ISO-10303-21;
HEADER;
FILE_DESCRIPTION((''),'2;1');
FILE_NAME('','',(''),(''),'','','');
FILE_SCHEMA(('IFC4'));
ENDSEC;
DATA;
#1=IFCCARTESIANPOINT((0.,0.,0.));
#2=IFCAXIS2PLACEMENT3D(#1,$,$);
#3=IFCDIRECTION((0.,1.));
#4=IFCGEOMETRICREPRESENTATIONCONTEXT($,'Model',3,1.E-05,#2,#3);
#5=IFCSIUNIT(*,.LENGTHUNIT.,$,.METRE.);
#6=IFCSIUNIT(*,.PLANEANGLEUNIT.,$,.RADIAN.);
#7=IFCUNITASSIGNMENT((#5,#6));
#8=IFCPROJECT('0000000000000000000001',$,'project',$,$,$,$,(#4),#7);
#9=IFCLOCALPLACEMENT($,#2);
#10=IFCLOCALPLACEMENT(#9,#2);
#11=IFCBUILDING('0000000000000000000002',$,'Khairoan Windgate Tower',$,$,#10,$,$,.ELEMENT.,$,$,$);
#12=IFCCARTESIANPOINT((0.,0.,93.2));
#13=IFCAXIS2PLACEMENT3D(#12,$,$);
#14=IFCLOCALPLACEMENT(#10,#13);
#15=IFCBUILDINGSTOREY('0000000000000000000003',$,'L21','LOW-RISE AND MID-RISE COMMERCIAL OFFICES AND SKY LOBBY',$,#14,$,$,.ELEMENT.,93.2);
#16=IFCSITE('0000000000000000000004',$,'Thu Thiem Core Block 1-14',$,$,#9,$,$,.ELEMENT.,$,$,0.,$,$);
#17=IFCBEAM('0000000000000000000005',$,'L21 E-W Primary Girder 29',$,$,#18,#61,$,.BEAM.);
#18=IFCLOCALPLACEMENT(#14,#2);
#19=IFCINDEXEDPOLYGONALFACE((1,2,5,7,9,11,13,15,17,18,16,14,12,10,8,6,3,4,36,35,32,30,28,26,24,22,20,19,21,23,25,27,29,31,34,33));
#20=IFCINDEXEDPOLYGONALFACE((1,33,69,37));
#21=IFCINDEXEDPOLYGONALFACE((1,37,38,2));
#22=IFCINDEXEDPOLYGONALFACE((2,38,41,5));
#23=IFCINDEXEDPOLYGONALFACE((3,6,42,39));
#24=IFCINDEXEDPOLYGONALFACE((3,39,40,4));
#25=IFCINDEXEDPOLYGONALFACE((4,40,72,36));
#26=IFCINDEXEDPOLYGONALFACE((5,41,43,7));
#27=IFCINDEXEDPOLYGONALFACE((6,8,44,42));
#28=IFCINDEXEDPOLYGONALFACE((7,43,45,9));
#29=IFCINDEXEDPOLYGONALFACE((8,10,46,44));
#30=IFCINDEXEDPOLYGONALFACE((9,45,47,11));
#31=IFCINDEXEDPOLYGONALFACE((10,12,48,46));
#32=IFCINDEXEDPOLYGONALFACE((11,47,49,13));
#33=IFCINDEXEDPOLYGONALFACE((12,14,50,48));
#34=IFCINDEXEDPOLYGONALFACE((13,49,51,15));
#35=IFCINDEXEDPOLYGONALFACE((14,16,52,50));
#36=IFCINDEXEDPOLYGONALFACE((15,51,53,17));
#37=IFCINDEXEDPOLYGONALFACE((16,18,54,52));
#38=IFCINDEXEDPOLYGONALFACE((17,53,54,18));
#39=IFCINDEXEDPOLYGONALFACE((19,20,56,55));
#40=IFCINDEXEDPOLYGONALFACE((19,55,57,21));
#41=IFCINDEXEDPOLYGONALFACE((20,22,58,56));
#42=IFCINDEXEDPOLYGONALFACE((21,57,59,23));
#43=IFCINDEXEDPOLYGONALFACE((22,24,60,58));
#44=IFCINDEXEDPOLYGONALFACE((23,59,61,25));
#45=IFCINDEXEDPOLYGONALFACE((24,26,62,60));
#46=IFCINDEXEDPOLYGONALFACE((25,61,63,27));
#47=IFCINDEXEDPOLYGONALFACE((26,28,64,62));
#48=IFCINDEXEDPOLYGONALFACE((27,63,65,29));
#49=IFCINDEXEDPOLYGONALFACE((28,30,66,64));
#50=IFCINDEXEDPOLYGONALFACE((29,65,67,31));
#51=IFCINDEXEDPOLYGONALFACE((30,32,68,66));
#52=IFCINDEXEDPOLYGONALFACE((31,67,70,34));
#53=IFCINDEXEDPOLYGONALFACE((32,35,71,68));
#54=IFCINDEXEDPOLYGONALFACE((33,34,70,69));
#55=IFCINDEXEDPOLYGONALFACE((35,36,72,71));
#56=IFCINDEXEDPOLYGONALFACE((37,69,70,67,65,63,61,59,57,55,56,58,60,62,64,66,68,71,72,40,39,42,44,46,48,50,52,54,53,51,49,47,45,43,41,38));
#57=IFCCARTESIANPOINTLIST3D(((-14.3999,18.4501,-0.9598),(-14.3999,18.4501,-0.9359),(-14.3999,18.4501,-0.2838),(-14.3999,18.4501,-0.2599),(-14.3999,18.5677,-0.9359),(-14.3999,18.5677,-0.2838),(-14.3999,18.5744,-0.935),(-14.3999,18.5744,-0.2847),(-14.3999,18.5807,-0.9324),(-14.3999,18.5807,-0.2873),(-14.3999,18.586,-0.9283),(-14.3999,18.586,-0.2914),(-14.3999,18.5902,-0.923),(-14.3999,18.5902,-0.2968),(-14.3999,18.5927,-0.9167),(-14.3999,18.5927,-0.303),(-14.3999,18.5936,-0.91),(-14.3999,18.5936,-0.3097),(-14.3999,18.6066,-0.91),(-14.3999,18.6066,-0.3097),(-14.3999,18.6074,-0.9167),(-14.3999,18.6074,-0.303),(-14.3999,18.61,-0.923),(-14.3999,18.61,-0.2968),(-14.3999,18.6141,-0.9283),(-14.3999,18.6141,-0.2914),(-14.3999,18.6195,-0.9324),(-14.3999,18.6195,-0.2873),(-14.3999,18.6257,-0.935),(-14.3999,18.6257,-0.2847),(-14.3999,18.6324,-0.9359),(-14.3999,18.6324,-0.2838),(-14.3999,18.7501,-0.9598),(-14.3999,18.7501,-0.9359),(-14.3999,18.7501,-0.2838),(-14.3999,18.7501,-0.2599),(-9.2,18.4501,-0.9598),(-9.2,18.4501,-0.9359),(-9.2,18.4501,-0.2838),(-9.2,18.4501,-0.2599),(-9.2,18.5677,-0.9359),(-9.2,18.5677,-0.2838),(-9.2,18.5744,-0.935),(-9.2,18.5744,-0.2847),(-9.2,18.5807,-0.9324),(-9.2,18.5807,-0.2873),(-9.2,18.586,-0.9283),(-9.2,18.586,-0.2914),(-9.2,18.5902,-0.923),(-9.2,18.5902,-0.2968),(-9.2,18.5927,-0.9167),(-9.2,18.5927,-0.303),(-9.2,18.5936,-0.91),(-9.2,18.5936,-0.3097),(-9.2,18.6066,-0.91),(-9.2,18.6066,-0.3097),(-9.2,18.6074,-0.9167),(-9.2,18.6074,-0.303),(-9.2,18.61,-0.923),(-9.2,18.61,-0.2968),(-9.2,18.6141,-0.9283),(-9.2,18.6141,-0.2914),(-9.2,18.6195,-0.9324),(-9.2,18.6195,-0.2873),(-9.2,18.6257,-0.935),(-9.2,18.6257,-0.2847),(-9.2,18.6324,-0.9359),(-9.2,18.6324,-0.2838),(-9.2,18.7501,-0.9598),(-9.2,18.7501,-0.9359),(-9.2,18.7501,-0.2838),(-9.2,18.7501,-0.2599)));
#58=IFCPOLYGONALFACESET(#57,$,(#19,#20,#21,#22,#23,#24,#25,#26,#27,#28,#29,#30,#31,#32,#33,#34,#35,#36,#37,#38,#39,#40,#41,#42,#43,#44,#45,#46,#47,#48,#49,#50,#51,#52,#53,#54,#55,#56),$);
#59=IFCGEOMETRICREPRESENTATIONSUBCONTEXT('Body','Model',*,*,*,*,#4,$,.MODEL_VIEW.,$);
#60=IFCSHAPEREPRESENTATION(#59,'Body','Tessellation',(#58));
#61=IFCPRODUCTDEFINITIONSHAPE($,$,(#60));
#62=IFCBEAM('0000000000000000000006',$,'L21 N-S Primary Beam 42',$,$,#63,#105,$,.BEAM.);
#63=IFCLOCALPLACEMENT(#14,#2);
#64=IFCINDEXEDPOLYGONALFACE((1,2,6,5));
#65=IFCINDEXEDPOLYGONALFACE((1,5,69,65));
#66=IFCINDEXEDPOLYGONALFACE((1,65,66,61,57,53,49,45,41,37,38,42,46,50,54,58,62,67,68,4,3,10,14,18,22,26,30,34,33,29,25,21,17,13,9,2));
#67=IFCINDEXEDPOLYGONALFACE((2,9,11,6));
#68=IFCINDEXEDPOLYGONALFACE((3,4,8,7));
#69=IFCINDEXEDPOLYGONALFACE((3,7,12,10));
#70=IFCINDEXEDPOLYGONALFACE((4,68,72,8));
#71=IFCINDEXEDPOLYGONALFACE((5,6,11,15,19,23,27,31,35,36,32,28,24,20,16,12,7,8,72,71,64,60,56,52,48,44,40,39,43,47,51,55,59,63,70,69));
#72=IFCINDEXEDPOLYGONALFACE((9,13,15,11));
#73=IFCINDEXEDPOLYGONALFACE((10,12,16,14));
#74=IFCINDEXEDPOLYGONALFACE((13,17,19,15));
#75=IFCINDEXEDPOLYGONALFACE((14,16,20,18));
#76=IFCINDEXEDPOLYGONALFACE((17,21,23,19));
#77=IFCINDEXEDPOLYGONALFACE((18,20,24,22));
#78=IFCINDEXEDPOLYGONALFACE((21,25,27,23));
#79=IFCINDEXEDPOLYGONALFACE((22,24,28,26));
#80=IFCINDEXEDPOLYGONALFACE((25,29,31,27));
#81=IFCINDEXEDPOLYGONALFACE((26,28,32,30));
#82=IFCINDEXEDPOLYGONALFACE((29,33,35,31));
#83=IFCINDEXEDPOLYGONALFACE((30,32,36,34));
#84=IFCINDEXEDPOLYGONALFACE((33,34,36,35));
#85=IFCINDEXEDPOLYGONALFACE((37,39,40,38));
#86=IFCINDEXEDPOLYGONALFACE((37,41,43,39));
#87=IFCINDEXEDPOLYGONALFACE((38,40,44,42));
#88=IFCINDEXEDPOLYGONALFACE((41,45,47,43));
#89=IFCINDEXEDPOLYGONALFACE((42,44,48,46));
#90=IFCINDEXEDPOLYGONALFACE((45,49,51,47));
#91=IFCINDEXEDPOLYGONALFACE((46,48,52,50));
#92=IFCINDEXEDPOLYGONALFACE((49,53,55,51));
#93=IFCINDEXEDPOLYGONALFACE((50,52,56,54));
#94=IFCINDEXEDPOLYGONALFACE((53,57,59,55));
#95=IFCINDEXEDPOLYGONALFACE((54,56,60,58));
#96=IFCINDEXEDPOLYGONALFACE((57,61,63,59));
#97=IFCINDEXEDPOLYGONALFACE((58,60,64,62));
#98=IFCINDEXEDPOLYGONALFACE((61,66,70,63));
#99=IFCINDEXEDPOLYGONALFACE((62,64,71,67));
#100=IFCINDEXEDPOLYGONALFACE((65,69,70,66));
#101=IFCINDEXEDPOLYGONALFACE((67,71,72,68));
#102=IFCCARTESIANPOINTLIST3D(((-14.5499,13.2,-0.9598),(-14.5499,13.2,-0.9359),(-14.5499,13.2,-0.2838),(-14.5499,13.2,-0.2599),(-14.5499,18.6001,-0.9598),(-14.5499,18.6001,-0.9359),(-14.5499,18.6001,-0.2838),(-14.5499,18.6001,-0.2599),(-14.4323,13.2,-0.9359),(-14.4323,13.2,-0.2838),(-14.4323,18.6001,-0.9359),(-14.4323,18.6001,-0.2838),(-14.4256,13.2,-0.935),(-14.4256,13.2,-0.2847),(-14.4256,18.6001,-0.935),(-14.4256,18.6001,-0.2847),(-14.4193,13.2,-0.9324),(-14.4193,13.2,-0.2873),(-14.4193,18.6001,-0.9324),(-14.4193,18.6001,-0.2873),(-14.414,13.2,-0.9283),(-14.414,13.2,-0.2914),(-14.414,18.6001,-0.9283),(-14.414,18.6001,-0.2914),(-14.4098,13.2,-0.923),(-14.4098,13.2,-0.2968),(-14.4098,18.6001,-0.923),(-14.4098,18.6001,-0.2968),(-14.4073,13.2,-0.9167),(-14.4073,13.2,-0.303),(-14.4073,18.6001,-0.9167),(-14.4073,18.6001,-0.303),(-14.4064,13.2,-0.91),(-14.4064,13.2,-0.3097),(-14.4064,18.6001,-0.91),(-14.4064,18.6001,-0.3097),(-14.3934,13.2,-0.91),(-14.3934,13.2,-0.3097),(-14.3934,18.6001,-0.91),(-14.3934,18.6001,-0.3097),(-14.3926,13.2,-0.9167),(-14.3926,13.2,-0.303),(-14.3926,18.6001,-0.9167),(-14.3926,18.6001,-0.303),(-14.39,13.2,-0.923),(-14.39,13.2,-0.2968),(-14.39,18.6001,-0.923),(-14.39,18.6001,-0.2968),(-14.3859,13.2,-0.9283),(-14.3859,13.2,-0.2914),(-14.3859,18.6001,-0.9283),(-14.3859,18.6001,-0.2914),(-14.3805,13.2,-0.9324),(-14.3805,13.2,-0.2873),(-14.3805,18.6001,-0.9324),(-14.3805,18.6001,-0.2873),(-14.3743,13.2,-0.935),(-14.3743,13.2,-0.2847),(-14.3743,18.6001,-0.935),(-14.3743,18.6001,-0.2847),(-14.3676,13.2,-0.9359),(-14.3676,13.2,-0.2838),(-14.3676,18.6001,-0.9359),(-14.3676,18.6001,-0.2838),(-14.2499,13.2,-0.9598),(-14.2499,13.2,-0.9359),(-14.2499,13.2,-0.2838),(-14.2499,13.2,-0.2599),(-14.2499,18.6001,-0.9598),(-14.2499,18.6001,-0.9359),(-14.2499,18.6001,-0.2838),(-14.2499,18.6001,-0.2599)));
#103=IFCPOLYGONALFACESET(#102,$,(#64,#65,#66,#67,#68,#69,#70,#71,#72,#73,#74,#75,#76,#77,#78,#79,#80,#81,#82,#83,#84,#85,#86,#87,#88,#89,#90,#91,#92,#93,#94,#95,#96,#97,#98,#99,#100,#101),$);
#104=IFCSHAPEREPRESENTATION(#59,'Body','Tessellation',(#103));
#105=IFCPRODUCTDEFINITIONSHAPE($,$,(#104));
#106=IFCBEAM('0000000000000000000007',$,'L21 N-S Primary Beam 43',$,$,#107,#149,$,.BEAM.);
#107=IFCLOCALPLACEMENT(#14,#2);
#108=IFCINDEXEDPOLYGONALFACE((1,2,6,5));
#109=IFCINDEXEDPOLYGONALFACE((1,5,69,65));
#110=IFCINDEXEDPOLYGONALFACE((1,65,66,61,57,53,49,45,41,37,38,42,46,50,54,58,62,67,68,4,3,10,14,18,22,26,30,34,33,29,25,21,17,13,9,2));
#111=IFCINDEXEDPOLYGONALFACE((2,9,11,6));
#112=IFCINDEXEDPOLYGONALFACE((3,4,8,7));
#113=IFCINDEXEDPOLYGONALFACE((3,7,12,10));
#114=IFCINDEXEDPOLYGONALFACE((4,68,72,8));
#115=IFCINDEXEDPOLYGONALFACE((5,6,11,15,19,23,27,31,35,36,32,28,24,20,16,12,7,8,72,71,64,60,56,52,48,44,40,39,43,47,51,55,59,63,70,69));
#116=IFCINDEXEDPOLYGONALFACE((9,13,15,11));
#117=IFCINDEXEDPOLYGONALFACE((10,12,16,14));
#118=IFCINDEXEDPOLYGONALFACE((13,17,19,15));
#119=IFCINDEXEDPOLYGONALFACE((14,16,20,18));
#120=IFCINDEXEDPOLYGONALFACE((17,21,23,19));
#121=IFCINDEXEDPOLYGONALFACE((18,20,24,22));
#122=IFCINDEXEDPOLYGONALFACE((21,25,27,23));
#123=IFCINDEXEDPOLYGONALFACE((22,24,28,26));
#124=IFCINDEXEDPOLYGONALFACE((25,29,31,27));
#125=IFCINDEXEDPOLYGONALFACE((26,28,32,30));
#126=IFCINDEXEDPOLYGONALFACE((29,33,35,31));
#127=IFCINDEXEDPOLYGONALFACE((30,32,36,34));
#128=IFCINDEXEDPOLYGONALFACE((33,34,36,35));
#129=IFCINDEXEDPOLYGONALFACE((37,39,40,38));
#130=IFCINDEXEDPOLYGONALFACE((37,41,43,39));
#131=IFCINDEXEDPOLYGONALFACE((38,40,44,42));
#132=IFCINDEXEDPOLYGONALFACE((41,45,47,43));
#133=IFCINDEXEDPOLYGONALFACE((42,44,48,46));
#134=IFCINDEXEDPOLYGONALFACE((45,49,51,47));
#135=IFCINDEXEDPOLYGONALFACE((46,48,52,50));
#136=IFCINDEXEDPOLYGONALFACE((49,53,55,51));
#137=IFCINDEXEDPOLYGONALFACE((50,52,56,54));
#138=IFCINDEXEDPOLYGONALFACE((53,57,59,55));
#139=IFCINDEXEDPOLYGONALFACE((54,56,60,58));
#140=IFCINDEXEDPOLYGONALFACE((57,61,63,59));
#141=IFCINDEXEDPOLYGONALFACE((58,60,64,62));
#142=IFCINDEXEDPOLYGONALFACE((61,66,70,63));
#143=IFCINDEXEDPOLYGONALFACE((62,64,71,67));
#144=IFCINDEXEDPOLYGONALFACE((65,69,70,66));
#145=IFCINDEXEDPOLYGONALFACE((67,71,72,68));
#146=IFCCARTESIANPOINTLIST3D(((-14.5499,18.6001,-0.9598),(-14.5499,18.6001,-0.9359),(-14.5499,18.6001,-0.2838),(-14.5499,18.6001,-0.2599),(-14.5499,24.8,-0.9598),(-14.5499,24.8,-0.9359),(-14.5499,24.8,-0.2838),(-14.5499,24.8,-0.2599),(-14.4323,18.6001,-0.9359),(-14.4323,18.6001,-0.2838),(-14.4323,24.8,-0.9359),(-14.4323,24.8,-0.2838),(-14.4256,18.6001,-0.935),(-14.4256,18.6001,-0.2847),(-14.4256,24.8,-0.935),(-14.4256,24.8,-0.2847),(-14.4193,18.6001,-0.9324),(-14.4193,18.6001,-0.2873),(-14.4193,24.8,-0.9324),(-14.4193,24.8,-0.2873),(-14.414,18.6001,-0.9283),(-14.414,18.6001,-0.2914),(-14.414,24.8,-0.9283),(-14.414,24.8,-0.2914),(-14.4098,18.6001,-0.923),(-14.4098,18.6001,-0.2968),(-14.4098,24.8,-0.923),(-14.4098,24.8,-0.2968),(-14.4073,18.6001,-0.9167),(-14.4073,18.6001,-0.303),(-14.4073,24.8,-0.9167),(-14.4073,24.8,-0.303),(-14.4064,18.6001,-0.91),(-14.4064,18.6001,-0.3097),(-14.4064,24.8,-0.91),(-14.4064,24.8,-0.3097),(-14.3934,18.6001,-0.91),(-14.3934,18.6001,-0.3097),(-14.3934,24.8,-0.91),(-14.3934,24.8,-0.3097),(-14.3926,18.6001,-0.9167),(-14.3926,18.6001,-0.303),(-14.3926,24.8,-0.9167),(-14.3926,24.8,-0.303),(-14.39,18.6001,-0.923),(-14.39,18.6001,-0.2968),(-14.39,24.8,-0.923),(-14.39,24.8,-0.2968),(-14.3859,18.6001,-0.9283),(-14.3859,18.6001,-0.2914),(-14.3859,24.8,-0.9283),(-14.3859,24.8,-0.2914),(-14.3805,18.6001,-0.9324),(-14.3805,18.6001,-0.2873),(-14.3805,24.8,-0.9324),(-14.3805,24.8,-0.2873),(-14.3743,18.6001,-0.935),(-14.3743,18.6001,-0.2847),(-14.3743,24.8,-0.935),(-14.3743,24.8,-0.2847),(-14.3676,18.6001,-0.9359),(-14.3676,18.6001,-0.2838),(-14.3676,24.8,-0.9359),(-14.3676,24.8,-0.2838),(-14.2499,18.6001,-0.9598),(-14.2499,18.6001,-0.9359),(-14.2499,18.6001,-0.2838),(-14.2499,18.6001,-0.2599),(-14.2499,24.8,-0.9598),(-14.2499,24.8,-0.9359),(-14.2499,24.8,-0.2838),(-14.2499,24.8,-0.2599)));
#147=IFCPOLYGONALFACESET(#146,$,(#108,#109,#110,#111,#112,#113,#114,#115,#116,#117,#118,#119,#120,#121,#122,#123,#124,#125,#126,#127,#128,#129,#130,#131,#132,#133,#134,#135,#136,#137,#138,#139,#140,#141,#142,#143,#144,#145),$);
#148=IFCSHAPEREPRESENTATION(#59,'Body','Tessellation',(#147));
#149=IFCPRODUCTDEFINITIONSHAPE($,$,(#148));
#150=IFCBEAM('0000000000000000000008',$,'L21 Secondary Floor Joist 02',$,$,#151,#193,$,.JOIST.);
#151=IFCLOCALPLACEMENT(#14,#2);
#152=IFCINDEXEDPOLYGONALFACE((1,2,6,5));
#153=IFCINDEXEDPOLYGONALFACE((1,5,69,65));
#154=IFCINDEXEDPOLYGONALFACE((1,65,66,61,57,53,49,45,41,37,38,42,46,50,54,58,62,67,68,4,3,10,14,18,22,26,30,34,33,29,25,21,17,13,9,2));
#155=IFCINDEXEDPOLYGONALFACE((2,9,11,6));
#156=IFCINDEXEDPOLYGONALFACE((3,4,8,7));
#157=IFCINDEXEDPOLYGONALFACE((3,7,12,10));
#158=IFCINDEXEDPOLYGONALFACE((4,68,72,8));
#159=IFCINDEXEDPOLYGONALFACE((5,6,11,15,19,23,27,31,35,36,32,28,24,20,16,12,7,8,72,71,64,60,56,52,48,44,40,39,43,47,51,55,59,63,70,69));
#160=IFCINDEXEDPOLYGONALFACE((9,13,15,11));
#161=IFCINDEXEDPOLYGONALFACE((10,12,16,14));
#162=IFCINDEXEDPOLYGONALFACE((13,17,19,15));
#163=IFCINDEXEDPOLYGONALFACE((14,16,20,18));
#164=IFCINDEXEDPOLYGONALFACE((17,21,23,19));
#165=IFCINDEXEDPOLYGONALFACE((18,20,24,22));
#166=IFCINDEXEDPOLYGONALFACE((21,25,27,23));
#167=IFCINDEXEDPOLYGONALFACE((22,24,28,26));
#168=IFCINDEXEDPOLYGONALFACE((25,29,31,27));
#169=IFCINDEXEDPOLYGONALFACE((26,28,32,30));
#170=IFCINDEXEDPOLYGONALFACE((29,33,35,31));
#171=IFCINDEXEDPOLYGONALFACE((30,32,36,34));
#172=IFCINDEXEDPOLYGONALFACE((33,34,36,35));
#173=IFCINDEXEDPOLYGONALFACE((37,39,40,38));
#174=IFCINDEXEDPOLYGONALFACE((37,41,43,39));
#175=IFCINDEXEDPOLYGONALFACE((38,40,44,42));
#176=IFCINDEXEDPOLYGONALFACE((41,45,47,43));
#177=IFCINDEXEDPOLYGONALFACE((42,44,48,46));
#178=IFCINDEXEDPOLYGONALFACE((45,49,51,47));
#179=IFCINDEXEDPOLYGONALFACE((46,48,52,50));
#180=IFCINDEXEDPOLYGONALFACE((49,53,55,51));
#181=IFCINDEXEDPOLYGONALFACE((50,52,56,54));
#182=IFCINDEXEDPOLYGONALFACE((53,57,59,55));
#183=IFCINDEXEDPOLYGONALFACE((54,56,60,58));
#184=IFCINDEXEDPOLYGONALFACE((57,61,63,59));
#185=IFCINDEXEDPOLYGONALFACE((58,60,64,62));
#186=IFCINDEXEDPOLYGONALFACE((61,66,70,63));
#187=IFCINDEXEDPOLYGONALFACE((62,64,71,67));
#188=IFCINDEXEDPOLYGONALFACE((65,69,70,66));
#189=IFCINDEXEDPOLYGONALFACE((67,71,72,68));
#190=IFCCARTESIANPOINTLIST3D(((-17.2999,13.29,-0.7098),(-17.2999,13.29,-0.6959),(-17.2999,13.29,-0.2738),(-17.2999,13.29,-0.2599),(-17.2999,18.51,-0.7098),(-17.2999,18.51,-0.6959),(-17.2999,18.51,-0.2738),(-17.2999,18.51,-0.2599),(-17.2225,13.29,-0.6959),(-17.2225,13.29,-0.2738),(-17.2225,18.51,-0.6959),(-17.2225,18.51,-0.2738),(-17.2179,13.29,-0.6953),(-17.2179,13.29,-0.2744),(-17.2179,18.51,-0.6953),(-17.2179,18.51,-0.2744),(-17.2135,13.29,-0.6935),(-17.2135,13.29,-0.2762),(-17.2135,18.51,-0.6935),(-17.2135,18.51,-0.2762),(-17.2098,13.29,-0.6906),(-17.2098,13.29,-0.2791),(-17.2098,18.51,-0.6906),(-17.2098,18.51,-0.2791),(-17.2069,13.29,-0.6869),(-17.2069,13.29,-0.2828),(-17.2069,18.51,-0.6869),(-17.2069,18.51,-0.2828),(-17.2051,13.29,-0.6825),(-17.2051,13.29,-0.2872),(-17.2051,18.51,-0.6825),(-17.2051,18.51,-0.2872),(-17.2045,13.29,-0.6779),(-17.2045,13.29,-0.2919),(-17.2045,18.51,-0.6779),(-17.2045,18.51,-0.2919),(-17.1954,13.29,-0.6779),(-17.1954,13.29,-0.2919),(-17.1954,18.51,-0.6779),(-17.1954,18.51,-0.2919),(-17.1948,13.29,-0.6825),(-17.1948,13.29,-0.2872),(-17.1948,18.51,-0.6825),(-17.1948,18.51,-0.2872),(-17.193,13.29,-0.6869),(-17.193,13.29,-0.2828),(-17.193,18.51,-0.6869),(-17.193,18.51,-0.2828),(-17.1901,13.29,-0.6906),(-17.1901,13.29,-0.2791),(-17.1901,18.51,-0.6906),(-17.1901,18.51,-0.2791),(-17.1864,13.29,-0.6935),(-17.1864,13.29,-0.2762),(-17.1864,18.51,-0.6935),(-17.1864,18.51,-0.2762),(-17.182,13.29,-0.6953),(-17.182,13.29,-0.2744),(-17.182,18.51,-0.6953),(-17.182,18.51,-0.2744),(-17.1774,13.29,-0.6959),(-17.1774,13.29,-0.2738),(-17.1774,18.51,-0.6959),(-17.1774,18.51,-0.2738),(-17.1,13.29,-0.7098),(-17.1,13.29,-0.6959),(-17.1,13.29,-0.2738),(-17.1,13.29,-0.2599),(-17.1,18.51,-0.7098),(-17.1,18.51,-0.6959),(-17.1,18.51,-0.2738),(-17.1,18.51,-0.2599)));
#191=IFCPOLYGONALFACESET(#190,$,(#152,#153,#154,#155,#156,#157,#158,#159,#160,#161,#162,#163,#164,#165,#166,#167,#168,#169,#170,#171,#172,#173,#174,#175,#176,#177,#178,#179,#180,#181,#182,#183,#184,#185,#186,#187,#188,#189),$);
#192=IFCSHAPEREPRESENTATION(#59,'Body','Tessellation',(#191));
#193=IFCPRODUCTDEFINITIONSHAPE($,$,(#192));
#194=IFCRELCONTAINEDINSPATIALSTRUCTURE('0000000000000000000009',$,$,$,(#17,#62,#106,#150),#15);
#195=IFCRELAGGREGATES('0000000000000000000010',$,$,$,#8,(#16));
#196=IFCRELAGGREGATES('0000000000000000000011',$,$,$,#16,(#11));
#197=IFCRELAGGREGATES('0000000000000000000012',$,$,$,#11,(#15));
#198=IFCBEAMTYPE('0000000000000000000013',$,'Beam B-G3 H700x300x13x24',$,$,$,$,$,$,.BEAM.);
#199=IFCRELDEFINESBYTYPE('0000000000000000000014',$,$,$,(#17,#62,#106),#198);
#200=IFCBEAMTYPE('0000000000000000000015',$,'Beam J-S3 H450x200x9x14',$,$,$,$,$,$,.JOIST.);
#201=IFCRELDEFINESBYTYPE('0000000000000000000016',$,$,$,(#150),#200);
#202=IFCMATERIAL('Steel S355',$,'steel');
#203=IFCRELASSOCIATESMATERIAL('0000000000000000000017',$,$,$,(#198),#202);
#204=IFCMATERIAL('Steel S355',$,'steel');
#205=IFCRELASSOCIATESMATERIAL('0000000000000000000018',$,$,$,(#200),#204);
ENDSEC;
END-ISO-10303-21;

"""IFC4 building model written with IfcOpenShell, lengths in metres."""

from ifc_helpers import new_model, si_unit, direction, frame, origin, origin_2d, place, context, subcontext, project, spatial, i_section, extrude, material, material_profile, profile_set, type_object, element, save


model = new_model("IFC4")

# Units and contexts
model_context = context("Model", 3, precision=1e-05, world=origin(), true_north=direction((0.0, 1.0)))
body_context = subcontext(model_context, "Body", "Model", "MODEL_VIEW")
ifc_project = project(units=[si_unit("LENGTHUNIT", "METRE"), si_unit("PLANEANGLEUNIT", "RADIAN")], contexts=[model_context])

# Site, building, storey
site_placement = place(None, origin())
site = spatial("IfcSite", under=ifc_project, at=site_placement, Name="Thu Thiem Core Block 1-14", CompositionType="ELEMENT", RefElevation=0.0)
building_placement = place(site_placement, origin())
building = spatial("IfcBuilding", under=site, at=building_placement, Name="Khairoan Windgate Tower", CompositionType="ELEMENT")
storey_placement = place(building_placement, frame((0.0, 0.0, 93.2)))
storey = spatial("IfcBuildingStorey", under=building, at=storey_placement, Name="L21", Description="LOW-RISE AND MID-RISE COMMERCIAL OFFICES AND SKY LOBBY", CompositionType="ELEMENT", Elevation=93.2)

# Beams
ifc_material_1 = material(Name="Steel S355", Category="steel")
ifc_material_profile_1 = material_profile(ifc_material_1, i_section(OverallWidth=0.3, OverallDepth=0.7, WebThickness=0.0129, FlangeThickness=0.0239, FilletRadius=0.0259, at=origin_2d()))
ifc_profile_set_1 = profile_set([ifc_material_profile_1], Name="Steel S355")
beam_type_1 = type_object("IfcBeamType", Name="Beam B-G3 H700x300x13x24", PredefinedType="BEAM", material=ifc_profile_set_1)
beam_1_placement = place(storey_placement, frame((-14.3999, 18.6001, -0.6099), z_axis=(1.0, 0.0, 0.0), x_axis=(0.0, 1.0, 0.0)))
element("IfcBeam", 1, at=beam_1_placement, inside=storey, type_object=beam_type_1, Name="L21 E-W Primary Girder 29", PredefinedType="BEAM", context=body_context, shape_type="SweptSolid", body=[
    extrude(i_section(OverallWidth=0.3, OverallDepth=0.7, WebThickness=0.0129, FlangeThickness=0.0239, FilletRadius=0.0259, at=origin_2d()), origin(), (0.0, 0.0, 1.0), 5.2),
])
beam_2_placement = place(storey_placement, frame((-14.3999, 13.2, -0.6099), z_axis=(0.0, 1.0, 0.0), x_axis=(-1.0, 0.0, 0.0)))
element("IfcBeam", 2, at=beam_2_placement, inside=storey, type_object=beam_type_1, Name="L21 N-S Primary Beam 42", PredefinedType="BEAM", context=body_context, shape_type="SweptSolid", body=[
    extrude(i_section(OverallWidth=0.3, OverallDepth=0.7, WebThickness=0.0129, FlangeThickness=0.0239, FilletRadius=0.0259, at=origin_2d()), origin(), (0.0, 0.0, 1.0), 5.4001),
])
beam_3_placement = place(storey_placement, frame((-14.3999, 18.6001, -0.6099), z_axis=(0.0, 1.0, 0.0), x_axis=(-1.0, 0.0, 0.0)))
element("IfcBeam", 3, at=beam_3_placement, inside=storey, type_object=beam_type_1, Name="L21 N-S Primary Beam 43", PredefinedType="BEAM", context=body_context, shape_type="SweptSolid", body=[
    extrude(i_section(OverallWidth=0.3, OverallDepth=0.7, WebThickness=0.0129, FlangeThickness=0.0239, FilletRadius=0.0259, at=origin_2d()), origin(), (0.0, 0.0, 1.0), 6.2),
])
ifc_material_2 = material(Name="Steel S355", Category="steel")
ifc_material_profile_2 = material_profile(ifc_material_2, i_section(OverallWidth=0.2, OverallDepth=0.45, WebThickness=0.009, FlangeThickness=0.0139, FilletRadius=0.0181, at=origin_2d()))
ifc_profile_set_2 = profile_set([ifc_material_profile_2], Name="Steel S355")
beam_type_2 = type_object("IfcBeamType", Name="Beam J-S3 H450x200x9x14", PredefinedType="JOIST", material=ifc_profile_set_2)
beam_4_placement = place(storey_placement, frame((-17.2, 13.29, -0.4849), z_axis=(0.0, 1.0, 0.0), x_axis=(-1.0, 0.0, 0.0)))
element("IfcBeam", 4, at=beam_4_placement, inside=storey, type_object=beam_type_2, Name="L21 Secondary Floor Joist 02", PredefinedType="JOIST", context=body_context, shape_type="SweptSolid", body=[
    extrude(i_section(OverallWidth=0.2, OverallDepth=0.45, WebThickness=0.009, FlangeThickness=0.0139, FilletRadius=0.0181, at=origin_2d()), origin(), (0.0, 0.0, 1.0), 5.22),
])

save(model, "model.ifc")
